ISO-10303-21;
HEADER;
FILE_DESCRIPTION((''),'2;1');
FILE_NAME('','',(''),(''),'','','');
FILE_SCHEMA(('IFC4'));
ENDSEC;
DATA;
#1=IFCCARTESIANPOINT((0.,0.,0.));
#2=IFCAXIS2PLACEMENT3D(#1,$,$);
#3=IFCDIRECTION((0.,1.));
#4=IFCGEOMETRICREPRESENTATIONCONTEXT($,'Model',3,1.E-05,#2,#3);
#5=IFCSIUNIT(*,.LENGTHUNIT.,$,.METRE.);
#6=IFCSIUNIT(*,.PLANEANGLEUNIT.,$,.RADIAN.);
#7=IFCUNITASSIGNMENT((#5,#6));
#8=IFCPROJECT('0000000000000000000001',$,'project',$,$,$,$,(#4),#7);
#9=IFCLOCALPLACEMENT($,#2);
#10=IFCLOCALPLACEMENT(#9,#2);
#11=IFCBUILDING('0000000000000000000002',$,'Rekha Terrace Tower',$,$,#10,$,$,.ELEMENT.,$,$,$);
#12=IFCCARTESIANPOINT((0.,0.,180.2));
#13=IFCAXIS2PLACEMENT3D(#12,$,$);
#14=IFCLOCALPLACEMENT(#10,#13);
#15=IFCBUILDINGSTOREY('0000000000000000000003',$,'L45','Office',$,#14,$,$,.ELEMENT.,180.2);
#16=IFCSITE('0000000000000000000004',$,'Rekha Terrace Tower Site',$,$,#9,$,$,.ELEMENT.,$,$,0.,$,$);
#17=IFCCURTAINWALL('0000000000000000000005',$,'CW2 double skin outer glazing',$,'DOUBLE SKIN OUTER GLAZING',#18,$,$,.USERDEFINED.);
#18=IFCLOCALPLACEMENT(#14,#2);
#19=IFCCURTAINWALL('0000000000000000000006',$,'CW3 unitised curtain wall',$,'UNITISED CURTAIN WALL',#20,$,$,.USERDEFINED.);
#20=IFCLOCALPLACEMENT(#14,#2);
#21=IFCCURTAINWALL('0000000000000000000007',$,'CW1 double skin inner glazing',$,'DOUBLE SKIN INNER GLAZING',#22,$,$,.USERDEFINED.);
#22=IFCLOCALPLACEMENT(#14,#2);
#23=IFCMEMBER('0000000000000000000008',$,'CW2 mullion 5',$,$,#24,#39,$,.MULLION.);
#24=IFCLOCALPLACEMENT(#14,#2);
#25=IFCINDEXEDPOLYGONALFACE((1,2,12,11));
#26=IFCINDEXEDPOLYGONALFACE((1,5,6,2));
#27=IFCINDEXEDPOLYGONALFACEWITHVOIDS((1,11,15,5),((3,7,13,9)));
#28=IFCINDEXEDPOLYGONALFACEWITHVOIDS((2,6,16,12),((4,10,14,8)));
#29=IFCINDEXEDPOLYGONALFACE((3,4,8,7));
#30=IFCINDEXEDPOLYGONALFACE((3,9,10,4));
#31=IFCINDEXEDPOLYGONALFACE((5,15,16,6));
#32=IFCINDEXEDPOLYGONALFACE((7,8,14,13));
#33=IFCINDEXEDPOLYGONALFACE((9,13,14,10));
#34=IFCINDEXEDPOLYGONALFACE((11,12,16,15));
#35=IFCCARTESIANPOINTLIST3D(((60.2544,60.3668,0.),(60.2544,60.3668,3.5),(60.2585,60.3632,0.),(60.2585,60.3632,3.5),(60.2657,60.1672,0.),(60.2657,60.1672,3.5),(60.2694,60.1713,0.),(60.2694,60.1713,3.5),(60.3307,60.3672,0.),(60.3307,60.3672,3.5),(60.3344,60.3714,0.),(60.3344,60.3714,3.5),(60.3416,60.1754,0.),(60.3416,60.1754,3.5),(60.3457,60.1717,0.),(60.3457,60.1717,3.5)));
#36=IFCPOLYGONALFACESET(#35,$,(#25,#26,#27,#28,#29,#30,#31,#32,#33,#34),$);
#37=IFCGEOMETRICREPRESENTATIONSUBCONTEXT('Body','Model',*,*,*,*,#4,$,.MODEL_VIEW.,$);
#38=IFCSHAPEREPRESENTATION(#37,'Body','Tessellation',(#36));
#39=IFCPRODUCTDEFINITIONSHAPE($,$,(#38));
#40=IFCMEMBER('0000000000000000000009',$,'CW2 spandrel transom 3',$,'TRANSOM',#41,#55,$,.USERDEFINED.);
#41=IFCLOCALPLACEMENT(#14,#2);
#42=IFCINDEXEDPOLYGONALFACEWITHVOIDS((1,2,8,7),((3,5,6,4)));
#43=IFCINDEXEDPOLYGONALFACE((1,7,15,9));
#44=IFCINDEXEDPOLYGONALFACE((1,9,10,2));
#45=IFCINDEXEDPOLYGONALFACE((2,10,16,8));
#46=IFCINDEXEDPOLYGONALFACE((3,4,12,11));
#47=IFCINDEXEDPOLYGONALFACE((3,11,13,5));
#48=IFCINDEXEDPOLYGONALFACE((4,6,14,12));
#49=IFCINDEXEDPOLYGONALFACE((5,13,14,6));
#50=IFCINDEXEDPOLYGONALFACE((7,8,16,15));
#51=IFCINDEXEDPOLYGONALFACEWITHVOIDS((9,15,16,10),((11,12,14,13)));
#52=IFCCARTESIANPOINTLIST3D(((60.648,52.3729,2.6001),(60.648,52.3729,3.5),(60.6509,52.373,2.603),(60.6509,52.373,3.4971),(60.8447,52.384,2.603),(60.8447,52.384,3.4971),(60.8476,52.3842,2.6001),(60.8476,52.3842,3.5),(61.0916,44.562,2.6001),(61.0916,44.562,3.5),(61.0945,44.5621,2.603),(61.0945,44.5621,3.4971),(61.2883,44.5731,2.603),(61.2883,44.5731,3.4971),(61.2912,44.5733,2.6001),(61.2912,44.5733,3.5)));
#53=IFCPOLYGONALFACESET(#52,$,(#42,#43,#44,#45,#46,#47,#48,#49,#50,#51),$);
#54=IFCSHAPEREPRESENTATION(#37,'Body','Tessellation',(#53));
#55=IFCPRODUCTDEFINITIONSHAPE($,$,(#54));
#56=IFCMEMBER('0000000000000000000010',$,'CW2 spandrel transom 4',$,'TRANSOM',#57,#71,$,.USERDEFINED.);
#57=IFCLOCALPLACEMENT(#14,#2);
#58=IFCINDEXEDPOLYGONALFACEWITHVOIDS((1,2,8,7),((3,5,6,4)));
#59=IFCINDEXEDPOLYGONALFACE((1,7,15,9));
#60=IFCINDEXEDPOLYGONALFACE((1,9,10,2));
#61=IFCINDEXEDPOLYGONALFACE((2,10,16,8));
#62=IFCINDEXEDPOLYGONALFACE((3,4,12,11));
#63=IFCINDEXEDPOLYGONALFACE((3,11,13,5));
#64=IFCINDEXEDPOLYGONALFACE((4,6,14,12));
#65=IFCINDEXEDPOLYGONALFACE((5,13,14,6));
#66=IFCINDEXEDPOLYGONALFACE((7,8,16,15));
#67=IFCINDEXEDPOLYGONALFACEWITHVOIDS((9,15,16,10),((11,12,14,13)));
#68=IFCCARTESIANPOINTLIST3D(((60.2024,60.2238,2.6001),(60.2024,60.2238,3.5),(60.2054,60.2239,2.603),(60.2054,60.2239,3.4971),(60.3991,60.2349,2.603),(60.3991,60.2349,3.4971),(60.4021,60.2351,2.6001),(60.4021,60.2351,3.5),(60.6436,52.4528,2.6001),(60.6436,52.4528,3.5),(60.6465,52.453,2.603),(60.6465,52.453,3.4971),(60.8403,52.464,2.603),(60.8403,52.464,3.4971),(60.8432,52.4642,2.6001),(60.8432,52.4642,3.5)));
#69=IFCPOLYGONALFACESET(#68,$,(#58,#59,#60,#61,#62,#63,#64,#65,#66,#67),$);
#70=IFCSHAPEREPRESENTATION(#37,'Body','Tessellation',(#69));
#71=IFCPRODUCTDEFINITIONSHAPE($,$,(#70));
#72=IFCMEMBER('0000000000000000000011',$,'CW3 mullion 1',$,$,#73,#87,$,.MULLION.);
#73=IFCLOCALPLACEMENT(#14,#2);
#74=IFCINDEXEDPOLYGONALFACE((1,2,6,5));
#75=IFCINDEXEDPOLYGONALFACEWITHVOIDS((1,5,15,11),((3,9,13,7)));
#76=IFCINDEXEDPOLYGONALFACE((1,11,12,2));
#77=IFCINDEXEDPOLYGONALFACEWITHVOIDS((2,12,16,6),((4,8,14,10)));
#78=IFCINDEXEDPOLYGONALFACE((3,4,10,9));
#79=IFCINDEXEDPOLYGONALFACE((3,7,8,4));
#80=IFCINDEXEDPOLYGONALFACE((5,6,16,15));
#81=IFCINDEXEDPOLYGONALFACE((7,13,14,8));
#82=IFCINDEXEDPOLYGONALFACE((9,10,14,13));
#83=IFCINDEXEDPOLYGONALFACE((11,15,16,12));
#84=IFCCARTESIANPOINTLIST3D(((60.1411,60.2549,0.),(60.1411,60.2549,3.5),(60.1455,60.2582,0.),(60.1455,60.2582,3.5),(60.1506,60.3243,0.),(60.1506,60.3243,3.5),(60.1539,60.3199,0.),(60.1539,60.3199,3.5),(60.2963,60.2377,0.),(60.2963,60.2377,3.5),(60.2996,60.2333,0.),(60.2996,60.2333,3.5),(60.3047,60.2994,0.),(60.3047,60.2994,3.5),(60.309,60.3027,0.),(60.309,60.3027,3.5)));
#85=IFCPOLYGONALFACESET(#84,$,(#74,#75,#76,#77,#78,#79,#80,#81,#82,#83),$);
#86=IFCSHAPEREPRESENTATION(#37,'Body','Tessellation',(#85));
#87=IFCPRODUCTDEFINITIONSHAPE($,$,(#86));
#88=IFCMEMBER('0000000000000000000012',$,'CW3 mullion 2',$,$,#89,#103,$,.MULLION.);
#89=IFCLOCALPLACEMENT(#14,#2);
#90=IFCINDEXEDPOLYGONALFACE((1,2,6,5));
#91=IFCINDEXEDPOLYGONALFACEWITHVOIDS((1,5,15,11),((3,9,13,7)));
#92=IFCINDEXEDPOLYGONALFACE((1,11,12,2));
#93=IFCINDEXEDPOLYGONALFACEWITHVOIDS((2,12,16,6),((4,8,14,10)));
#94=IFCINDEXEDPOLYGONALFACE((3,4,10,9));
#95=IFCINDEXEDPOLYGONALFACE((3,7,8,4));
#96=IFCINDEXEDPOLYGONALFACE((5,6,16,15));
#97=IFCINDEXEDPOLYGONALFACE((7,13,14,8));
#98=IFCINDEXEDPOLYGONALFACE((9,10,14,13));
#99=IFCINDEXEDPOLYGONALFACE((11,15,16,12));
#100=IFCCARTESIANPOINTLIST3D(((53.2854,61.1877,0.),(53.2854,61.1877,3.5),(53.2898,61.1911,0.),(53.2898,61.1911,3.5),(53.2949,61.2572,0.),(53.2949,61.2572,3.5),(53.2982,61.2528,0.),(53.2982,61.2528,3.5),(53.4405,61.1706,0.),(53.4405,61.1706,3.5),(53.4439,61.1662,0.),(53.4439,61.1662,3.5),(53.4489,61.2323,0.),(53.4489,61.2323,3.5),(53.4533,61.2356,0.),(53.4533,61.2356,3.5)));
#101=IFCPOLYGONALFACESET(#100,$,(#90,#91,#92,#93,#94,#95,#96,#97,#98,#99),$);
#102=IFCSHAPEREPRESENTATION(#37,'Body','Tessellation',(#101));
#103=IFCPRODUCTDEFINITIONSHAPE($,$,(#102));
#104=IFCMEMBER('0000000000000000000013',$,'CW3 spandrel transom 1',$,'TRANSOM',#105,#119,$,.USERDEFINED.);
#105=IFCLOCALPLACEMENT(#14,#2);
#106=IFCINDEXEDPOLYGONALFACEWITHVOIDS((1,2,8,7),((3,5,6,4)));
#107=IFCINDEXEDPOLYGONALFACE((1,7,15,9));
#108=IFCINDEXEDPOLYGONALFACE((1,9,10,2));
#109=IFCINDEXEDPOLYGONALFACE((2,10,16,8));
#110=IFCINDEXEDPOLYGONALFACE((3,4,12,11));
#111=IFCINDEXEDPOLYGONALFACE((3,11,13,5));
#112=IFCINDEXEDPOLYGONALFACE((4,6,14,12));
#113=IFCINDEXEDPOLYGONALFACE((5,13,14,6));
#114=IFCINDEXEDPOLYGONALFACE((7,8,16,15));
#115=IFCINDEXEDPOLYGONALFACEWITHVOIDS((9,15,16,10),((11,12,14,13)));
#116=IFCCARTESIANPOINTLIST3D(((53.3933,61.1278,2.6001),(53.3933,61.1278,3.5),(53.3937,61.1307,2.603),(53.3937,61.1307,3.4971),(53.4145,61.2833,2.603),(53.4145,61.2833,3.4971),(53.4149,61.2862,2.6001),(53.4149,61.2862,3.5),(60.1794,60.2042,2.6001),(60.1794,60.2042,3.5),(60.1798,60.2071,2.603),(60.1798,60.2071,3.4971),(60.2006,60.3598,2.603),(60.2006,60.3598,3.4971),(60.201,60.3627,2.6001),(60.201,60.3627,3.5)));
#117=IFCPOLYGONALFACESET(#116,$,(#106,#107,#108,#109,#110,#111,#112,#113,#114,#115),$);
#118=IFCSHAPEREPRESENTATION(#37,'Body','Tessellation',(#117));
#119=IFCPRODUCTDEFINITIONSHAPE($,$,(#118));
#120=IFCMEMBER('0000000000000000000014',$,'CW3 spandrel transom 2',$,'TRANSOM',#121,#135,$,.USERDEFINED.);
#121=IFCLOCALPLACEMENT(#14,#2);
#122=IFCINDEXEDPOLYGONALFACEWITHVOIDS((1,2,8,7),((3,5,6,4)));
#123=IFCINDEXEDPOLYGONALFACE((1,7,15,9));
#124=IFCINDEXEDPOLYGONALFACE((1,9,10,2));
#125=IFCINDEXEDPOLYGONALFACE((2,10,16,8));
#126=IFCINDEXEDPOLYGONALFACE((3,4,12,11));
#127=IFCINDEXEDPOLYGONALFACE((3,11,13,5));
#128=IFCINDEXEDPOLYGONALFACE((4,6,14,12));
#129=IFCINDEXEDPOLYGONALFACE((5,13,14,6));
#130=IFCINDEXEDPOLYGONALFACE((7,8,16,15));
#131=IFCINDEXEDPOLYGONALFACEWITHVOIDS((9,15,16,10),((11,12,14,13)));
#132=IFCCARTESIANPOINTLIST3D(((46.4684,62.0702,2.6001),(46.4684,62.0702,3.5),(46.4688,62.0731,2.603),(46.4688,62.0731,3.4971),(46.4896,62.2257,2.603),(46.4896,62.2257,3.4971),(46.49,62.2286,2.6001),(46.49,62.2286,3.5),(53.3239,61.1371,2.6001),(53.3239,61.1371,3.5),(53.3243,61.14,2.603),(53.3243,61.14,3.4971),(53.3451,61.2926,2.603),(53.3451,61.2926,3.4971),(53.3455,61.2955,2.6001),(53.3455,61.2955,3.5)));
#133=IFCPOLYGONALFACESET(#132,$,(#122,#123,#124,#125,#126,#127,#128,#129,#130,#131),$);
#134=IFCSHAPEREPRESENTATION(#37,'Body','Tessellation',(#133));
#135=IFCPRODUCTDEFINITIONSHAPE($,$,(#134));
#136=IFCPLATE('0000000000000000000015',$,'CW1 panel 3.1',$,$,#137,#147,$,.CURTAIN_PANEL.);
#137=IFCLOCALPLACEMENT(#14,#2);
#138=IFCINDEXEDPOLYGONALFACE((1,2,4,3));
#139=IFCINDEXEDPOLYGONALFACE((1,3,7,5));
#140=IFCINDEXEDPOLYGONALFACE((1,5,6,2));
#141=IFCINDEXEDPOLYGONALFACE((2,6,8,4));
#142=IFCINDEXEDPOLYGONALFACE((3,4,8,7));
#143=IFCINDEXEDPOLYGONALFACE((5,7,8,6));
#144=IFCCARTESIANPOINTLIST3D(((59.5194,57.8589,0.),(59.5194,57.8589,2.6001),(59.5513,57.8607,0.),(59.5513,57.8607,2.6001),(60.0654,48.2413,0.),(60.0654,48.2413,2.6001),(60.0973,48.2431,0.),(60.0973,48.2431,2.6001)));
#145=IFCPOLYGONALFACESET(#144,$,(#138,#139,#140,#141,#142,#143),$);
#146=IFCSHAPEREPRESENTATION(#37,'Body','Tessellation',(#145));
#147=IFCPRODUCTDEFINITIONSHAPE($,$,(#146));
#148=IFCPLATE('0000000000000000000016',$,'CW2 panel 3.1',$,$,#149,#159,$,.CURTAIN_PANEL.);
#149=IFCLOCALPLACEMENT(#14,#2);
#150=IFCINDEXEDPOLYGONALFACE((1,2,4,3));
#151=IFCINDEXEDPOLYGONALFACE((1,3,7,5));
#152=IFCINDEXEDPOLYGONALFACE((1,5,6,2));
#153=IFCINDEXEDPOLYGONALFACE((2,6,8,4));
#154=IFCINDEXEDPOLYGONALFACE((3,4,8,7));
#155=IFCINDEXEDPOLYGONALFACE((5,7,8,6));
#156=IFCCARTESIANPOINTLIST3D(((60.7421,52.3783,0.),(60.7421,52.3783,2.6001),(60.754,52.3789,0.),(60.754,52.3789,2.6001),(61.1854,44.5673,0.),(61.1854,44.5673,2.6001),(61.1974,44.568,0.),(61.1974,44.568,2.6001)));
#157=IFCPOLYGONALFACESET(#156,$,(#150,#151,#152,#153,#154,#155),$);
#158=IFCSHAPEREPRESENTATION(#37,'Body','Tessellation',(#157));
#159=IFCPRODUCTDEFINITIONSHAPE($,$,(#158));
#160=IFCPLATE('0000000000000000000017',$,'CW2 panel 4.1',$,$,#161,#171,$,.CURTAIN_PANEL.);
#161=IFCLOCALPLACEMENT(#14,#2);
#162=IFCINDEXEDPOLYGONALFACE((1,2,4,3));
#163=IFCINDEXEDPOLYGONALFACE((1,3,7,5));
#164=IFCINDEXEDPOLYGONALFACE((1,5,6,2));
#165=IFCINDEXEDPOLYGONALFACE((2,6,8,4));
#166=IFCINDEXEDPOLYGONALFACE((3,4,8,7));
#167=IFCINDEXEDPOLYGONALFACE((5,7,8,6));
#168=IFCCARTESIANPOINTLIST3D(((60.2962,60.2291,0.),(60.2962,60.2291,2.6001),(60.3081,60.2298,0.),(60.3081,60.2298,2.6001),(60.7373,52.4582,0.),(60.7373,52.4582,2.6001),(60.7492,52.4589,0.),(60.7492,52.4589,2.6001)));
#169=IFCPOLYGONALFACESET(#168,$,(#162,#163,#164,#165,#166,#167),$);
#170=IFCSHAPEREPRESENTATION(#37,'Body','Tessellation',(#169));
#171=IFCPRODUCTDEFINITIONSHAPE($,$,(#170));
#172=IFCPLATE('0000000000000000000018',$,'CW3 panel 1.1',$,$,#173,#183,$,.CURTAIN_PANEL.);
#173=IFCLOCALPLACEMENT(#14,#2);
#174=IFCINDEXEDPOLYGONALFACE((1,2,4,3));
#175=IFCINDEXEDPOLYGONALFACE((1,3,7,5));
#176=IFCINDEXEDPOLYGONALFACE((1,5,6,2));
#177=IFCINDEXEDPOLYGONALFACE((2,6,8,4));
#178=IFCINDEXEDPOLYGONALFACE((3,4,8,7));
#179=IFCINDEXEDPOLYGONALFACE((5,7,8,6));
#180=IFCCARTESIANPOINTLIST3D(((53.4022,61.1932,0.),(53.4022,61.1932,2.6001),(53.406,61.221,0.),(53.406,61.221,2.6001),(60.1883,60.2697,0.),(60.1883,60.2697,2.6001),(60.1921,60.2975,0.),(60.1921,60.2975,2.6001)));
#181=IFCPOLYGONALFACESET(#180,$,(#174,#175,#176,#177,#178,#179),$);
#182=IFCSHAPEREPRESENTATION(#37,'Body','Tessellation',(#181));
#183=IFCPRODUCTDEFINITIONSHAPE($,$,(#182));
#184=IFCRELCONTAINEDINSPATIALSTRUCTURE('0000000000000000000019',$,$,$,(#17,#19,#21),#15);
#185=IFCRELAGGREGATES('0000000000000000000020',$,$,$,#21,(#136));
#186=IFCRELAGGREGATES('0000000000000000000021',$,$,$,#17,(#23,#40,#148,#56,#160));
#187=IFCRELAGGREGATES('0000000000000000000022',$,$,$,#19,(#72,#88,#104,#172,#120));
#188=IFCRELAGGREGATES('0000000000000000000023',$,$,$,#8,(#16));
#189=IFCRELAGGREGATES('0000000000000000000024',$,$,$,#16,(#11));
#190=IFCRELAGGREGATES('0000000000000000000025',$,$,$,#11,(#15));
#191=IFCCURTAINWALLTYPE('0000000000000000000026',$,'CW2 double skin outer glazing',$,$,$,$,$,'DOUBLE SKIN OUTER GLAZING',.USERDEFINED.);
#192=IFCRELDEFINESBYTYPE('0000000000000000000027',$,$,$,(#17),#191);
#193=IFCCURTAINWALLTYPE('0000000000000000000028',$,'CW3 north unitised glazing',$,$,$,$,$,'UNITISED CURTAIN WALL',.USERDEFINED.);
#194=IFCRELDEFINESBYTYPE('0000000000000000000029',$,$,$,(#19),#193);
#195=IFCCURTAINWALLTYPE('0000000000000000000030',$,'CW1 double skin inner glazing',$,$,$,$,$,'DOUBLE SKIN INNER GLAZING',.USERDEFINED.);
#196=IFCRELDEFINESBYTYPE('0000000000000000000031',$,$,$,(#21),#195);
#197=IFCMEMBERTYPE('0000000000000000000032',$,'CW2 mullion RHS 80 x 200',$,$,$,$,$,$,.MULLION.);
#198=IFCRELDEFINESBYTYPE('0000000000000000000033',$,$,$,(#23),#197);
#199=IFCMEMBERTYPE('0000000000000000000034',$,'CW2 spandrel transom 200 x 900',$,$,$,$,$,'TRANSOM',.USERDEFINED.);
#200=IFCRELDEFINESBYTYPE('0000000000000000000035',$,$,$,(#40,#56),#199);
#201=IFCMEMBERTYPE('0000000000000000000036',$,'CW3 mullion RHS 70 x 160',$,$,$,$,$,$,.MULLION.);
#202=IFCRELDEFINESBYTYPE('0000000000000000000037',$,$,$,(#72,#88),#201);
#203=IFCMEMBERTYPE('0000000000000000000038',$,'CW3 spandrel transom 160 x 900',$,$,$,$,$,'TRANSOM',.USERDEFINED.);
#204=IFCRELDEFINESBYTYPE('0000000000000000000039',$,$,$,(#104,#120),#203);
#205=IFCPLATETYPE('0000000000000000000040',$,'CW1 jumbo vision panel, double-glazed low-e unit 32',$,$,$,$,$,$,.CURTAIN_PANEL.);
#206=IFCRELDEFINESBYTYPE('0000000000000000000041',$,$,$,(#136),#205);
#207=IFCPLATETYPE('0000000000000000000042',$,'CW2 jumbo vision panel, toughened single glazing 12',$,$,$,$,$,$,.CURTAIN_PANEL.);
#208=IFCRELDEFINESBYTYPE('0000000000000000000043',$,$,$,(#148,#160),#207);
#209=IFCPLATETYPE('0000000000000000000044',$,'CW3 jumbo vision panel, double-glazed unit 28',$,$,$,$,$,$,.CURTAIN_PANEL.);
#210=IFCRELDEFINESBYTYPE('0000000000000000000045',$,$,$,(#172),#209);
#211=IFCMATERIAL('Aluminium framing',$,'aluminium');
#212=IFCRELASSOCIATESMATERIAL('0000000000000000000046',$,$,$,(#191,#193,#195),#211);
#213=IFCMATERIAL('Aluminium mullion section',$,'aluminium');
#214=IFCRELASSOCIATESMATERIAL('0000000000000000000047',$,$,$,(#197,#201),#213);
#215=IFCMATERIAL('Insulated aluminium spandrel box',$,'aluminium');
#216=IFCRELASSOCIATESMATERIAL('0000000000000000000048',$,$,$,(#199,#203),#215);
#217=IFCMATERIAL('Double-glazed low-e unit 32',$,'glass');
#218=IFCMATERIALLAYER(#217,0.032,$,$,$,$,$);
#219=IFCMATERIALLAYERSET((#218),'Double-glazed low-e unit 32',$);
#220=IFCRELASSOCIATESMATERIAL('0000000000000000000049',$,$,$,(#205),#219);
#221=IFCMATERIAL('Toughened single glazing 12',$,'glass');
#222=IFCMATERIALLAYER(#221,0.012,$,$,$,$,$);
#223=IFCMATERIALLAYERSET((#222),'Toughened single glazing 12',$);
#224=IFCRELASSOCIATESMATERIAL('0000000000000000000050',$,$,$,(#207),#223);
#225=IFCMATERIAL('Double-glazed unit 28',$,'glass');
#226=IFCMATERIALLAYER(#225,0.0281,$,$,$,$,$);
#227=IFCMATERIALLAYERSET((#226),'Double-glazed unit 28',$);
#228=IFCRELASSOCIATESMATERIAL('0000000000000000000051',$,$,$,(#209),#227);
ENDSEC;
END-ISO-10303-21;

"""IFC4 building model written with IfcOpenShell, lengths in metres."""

from ifc_helpers import new_model, si_unit, direction, frame, origin, origin_2d, place, context, subcontext, project, spatial, rectangle, hollow_rectangle, extrude, material, layer, layer_set, material_profile, profile_set, type_object, element, aggregate, save


model = new_model("IFC4")

# Units and contexts
model_context = context("Model", 3, precision=1e-05, world=origin(), true_north=direction((0.0, 1.0)))
body_context = subcontext(model_context, "Body", "Model", "MODEL_VIEW")
ifc_project = project(units=[si_unit("LENGTHUNIT", "METRE"), si_unit("PLANEANGLEUNIT", "RADIAN")], contexts=[model_context])

# Site, building, storey
site_placement = place(None, origin())
site = spatial("IfcSite", under=ifc_project, at=site_placement, Name="Rekha Terrace Tower Site", CompositionType="ELEMENT", RefElevation=0.0)
building_placement = place(site_placement, origin())
building = spatial("IfcBuilding", under=site, at=building_placement, Name="Rekha Terrace Tower", CompositionType="ELEMENT")
storey_placement = place(building_placement, frame((0.0, 0.0, 180.2)))
storey = spatial("IfcBuildingStorey", under=building, at=storey_placement, Name="L45", Description="Office", CompositionType="ELEMENT", Elevation=180.2)

# Curtain wall
ifc_material_1 = material(Name="Aluminium framing", Category="aluminium")
curtain_wall_type_1 = type_object("IfcCurtainWallType", Name="CW2 double skin outer glazing", ElementType="DOUBLE SKIN OUTER GLAZING", PredefinedType="USERDEFINED", material=ifc_material_1)
curtain_wall_1_placement = place(storey_placement, origin())
curtain_wall_1 = element("IfcCurtainWall", 1, at=curtain_wall_1_placement, inside=storey, type_object=curtain_wall_type_1, Name="CW2 double skin outer glazing", ObjectType="DOUBLE SKIN OUTER GLAZING", PredefinedType="USERDEFINED")

# Curtain wall
curtain_wall_type_2 = type_object("IfcCurtainWallType", Name="CW3 north unitised glazing", ElementType="UNITISED CURTAIN WALL", PredefinedType="USERDEFINED", material=ifc_material_1)
curtain_wall_2_placement = place(storey_placement, origin())
curtain_wall_2 = element("IfcCurtainWall", 2, at=curtain_wall_2_placement, inside=storey, type_object=curtain_wall_type_2, Name="CW3 unitised curtain wall", ObjectType="UNITISED CURTAIN WALL", PredefinedType="USERDEFINED")

# Curtain wall
curtain_wall_type_3 = type_object("IfcCurtainWallType", Name="CW1 double skin inner glazing", ElementType="DOUBLE SKIN INNER GLAZING", PredefinedType="USERDEFINED", material=ifc_material_1)
curtain_wall_3_placement = place(storey_placement, origin())
curtain_wall_3 = element("IfcCurtainWall", 3, at=curtain_wall_3_placement, inside=storey, type_object=curtain_wall_type_3, Name="CW1 double skin inner glazing", ObjectType="DOUBLE SKIN INNER GLAZING", PredefinedType="USERDEFINED")
ifc_material_2 = material(Name="Aluminium mullion section", Category="aluminium")
ifc_material_3 = material(Name="Insulated aluminium spandrel box", Category="aluminium")

# Members
ifc_material_profile_1 = material_profile(ifc_material_2, hollow_rectangle(XDim=0.0801, YDim=0.2, WallThickness=0.0039, at=origin_2d()), Name="AL RHS 80x200")
ifc_profile_set_1 = profile_set([ifc_material_profile_1], Name="Aluminium mullion section")
member_type_1 = type_object("IfcMemberType", Name="CW2 mullion RHS 80 x 200", PredefinedType="MULLION", material=ifc_profile_set_1)
member_1_placement = place(storey_placement, frame((60.3, 60.2693, 0.0), z_axis=(0.0, 0.0, 1.0), x_axis=(-0.998393, -0.056673, 0.0)))
member_1 = element("IfcMember", 4, at=member_1_placement, type_object=member_type_1, Name="CW2 mullion 5", PredefinedType="MULLION", context=body_context, shape_type="SweptSolid", body=[
    extrude(hollow_rectangle(XDim=0.0801, YDim=0.2, WallThickness=0.0039, at=origin_2d()), origin(), (0.0, 0.0, 1.0), 3.5),
])
ifc_material_profile_2 = material_profile(ifc_material_3, hollow_rectangle(XDim=0.2, YDim=0.8999, WallThickness=0.0029, at=origin_2d()), Name="AL SPANDREL BOX 200x900")
ifc_profile_set_2 = profile_set([ifc_material_profile_2], Name="Insulated aluminium spandrel box")
member_type_2 = type_object("IfcMemberType", Name="CW2 spandrel transom 200 x 900", ElementType="TRANSOM", PredefinedType="USERDEFINED", material=ifc_profile_set_2)
member_2_placement = place(storey_placement, frame((61.1914, 44.5676, 3.05), z_axis=(-0.056702, 0.998391, 0.0), x_axis=(-0.998391, -0.056702, 0.0)))
member_2 = element("IfcMember", 5, at=member_2_placement, type_object=member_type_2, Name="CW2 spandrel transom 3", ObjectType="TRANSOM", PredefinedType="USERDEFINED", context=body_context, shape_type="SweptSolid", body=[
    extrude(hollow_rectangle(XDim=0.2, YDim=0.8999, WallThickness=0.0029, at=origin_2d()), origin(), (0.0, 0.0, 1.0), 7.8235),
])
member_3_placement = place(storey_placement, frame((60.7434, 52.4585, 3.05), z_axis=(-0.056679, 0.998392, 0.0), x_axis=(-0.998392, -0.056679, 0.0)))
member_3 = element("IfcMember", 6, at=member_3_placement, type_object=member_type_2, Name="CW2 spandrel transom 4", ObjectType="TRANSOM", PredefinedType="USERDEFINED", context=body_context, shape_type="SweptSolid", body=[
    extrude(hollow_rectangle(XDim=0.2, YDim=0.8999, WallThickness=0.0029, at=origin_2d()), origin(), (0.0, 0.0, 1.0), 7.7834),
])
ifc_material_profile_3 = material_profile(ifc_material_2, hollow_rectangle(XDim=0.0701, YDim=0.1599, WallThickness=0.0039, at=origin_2d()), Name="AL RHS 70x160")
ifc_profile_set_3 = profile_set([ifc_material_profile_3], Name="Aluminium mullion section")
member_type_3 = type_object("IfcMemberType", Name="CW3 mullion RHS 70 x 160", PredefinedType="MULLION", material=ifc_profile_set_3)
member_4_placement = place(storey_placement, frame((60.2251, 60.2788, 0.0), z_axis=(0.0, 0.0, 1.0), x_axis=(-0.134841, -0.990867, 0.0)))
member_4 = element("IfcMember", 7, at=member_4_placement, type_object=member_type_3, Name="CW3 mullion 1", PredefinedType="MULLION", context=body_context, shape_type="SweptSolid", body=[
    extrude(hollow_rectangle(XDim=0.0701, YDim=0.1599, WallThickness=0.0039, at=origin_2d()), origin(), (0.0, 0.0, 1.0), 3.5),
])
member_5_placement = place(storey_placement, frame((53.3694, 61.2117, 0.0), z_axis=(0.0, 0.0, 1.0), x_axis=(-0.134841, -0.990867, 0.0)))
member_5 = element("IfcMember", 8, at=member_5_placement, type_object=member_type_3, Name="CW3 mullion 2", PredefinedType="MULLION", context=body_context, shape_type="SweptSolid", body=[
    extrude(hollow_rectangle(XDim=0.0701, YDim=0.1599, WallThickness=0.0039, at=origin_2d()), origin(), (0.0, 0.0, 1.0), 3.5),
])
ifc_material_profile_4 = material_profile(ifc_material_3, hollow_rectangle(XDim=0.1599, YDim=0.8999, WallThickness=0.0029, at=origin_2d()), Name="AL SPANDREL BOX 160x900")
ifc_profile_set_4 = profile_set([ifc_material_profile_4], Name="Insulated aluminium spandrel box")
member_type_4 = type_object("IfcMemberType", Name="CW3 spandrel transom 160 x 900", ElementType="TRANSOM", PredefinedType="USERDEFINED", material=ifc_profile_set_4)
member_6_placement = place(storey_placement, frame((60.1902, 60.2834, 3.05), z_axis=(-0.990865, 0.134855, 0.0), x_axis=(-0.134855, -0.990865, 0.0)))
member_6 = element("IfcMember", 9, at=member_6_placement, type_object=member_type_4, Name="CW3 spandrel transom 1", ObjectType="TRANSOM", PredefinedType="USERDEFINED", context=body_context, shape_type="SweptSolid", body=[
    extrude(hollow_rectangle(XDim=0.1599, YDim=0.8999, WallThickness=0.0029, at=origin_2d()), origin(), (0.0, 0.0, 1.0), 6.8486),
])
member_7_placement = place(storey_placement, frame((53.3347, 61.2163, 3.05), z_axis=(-0.990864, 0.134868, 0.0), x_axis=(-0.134868, -0.990864, 0.0)))
member_7 = element("IfcMember", 10, at=member_7_placement, type_object=member_type_4, Name="CW3 spandrel transom 2", ObjectType="TRANSOM", PredefinedType="USERDEFINED", context=body_context, shape_type="SweptSolid", body=[
    extrude(hollow_rectangle(XDim=0.1599, YDim=0.8999, WallThickness=0.0029, at=origin_2d()), origin(), (0.0, 0.0, 1.0), 6.9187),
])

# Plates
ifc_material_4 = material(Name="Double-glazed low-e unit 32", Category="glass")
ifc_layer_1 = layer(ifc_material_4, 0.032)
ifc_layer_set_1 = layer_set([ifc_layer_1], Name="Double-glazed low-e unit 32")
plate_type_1 = type_object("IfcPlateType", Name="CW1 jumbo vision panel, double-glazed low-e unit 32", PredefinedType="CURTAIN_PANEL", material=ifc_layer_set_1)
plate_1_placement = place(storey_placement, frame((59.8083, 53.051, 0.0), z_axis=(0.0, 0.0, 1.0), x_axis=(-0.056673, 0.998393, 0.0)))
plate_1 = element("IfcPlate", 11, at=plate_1_placement, type_object=plate_type_1, Name="CW1 panel 3.1", PredefinedType="CURTAIN_PANEL", context=body_context, shape_type="SweptSolid", body=[
    extrude(rectangle(XDim=9.6331, YDim=0.032, at=origin_2d()), origin(), (0.0, 0.0, 1.0), 2.6001),
])
aggregate(curtain_wall_3, [plate_1])
ifc_material_5 = material(Name="Toughened single glazing 12", Category="glass")
ifc_layer_2 = layer(ifc_material_5, 0.012)
ifc_layer_set_2 = layer_set([ifc_layer_2], Name="Toughened single glazing 12")
plate_type_2 = type_object("IfcPlateType", Name="CW2 jumbo vision panel, toughened single glazing 12", PredefinedType="CURTAIN_PANEL", material=ifc_layer_set_2)
plate_2_placement = place(storey_placement, frame((60.9697, 48.4731, 0.0), z_axis=(0.0, 0.0, 1.0), x_axis=(-0.056673, 0.998393, 0.0)))
plate_2 = element("IfcPlate", 12, at=plate_2_placement, type_object=plate_type_2, Name="CW2 panel 3.1", PredefinedType="CURTAIN_PANEL", context=body_context, shape_type="SweptSolid", body=[
    extrude(rectangle(XDim=7.8235, YDim=0.012, at=origin_2d()), origin(), (0.0, 0.0, 1.0), 2.6001),
])
plate_3_placement = place(storey_placement, frame((60.5227, 56.344, 0.0), z_axis=(0.0, 0.0, 1.0), x_axis=(-0.056673, 0.998393, 0.0)))
plate_3 = element("IfcPlate", 13, at=plate_3_placement, type_object=plate_type_2, Name="CW2 panel 4.1", PredefinedType="CURTAIN_PANEL", context=body_context, shape_type="SweptSolid", body=[
    extrude(rectangle(XDim=7.7834, YDim=0.012, at=origin_2d()), origin(), (0.0, 0.0, 1.0), 2.6001),
])
aggregate(curtain_wall_1, [member_1, member_2, plate_2, member_3, plate_3])
ifc_material_6 = material(Name="Double-glazed unit 28", Category="glass")
ifc_layer_3 = layer(ifc_material_6, 0.0281)
ifc_layer_set_3 = layer_set([ifc_layer_3], Name="Double-glazed unit 28")
plate_type_3 = type_object("IfcPlateType", Name="CW3 jumbo vision panel, double-glazed unit 28", PredefinedType="CURTAIN_PANEL", material=ifc_layer_set_3)
plate_4_placement = place(storey_placement, frame((56.7971, 60.7454, 0.0), z_axis=(0.0, 0.0, 1.0), x_axis=(-0.990867, 0.134841, 0.0)))
plate_4 = element("IfcPlate", 14, at=plate_4_placement, type_object=plate_type_3, Name="CW3 panel 1.1", PredefinedType="CURTAIN_PANEL", context=body_context, shape_type="SweptSolid", body=[
    extrude(rectangle(XDim=6.8486, YDim=0.0281, at=origin_2d()), origin(), (0.0, 0.0, 1.0), 2.6001),
])
aggregate(curtain_wall_2, [member_4, member_5, member_6, plate_4, member_7])

save(model, "model.ifc")
